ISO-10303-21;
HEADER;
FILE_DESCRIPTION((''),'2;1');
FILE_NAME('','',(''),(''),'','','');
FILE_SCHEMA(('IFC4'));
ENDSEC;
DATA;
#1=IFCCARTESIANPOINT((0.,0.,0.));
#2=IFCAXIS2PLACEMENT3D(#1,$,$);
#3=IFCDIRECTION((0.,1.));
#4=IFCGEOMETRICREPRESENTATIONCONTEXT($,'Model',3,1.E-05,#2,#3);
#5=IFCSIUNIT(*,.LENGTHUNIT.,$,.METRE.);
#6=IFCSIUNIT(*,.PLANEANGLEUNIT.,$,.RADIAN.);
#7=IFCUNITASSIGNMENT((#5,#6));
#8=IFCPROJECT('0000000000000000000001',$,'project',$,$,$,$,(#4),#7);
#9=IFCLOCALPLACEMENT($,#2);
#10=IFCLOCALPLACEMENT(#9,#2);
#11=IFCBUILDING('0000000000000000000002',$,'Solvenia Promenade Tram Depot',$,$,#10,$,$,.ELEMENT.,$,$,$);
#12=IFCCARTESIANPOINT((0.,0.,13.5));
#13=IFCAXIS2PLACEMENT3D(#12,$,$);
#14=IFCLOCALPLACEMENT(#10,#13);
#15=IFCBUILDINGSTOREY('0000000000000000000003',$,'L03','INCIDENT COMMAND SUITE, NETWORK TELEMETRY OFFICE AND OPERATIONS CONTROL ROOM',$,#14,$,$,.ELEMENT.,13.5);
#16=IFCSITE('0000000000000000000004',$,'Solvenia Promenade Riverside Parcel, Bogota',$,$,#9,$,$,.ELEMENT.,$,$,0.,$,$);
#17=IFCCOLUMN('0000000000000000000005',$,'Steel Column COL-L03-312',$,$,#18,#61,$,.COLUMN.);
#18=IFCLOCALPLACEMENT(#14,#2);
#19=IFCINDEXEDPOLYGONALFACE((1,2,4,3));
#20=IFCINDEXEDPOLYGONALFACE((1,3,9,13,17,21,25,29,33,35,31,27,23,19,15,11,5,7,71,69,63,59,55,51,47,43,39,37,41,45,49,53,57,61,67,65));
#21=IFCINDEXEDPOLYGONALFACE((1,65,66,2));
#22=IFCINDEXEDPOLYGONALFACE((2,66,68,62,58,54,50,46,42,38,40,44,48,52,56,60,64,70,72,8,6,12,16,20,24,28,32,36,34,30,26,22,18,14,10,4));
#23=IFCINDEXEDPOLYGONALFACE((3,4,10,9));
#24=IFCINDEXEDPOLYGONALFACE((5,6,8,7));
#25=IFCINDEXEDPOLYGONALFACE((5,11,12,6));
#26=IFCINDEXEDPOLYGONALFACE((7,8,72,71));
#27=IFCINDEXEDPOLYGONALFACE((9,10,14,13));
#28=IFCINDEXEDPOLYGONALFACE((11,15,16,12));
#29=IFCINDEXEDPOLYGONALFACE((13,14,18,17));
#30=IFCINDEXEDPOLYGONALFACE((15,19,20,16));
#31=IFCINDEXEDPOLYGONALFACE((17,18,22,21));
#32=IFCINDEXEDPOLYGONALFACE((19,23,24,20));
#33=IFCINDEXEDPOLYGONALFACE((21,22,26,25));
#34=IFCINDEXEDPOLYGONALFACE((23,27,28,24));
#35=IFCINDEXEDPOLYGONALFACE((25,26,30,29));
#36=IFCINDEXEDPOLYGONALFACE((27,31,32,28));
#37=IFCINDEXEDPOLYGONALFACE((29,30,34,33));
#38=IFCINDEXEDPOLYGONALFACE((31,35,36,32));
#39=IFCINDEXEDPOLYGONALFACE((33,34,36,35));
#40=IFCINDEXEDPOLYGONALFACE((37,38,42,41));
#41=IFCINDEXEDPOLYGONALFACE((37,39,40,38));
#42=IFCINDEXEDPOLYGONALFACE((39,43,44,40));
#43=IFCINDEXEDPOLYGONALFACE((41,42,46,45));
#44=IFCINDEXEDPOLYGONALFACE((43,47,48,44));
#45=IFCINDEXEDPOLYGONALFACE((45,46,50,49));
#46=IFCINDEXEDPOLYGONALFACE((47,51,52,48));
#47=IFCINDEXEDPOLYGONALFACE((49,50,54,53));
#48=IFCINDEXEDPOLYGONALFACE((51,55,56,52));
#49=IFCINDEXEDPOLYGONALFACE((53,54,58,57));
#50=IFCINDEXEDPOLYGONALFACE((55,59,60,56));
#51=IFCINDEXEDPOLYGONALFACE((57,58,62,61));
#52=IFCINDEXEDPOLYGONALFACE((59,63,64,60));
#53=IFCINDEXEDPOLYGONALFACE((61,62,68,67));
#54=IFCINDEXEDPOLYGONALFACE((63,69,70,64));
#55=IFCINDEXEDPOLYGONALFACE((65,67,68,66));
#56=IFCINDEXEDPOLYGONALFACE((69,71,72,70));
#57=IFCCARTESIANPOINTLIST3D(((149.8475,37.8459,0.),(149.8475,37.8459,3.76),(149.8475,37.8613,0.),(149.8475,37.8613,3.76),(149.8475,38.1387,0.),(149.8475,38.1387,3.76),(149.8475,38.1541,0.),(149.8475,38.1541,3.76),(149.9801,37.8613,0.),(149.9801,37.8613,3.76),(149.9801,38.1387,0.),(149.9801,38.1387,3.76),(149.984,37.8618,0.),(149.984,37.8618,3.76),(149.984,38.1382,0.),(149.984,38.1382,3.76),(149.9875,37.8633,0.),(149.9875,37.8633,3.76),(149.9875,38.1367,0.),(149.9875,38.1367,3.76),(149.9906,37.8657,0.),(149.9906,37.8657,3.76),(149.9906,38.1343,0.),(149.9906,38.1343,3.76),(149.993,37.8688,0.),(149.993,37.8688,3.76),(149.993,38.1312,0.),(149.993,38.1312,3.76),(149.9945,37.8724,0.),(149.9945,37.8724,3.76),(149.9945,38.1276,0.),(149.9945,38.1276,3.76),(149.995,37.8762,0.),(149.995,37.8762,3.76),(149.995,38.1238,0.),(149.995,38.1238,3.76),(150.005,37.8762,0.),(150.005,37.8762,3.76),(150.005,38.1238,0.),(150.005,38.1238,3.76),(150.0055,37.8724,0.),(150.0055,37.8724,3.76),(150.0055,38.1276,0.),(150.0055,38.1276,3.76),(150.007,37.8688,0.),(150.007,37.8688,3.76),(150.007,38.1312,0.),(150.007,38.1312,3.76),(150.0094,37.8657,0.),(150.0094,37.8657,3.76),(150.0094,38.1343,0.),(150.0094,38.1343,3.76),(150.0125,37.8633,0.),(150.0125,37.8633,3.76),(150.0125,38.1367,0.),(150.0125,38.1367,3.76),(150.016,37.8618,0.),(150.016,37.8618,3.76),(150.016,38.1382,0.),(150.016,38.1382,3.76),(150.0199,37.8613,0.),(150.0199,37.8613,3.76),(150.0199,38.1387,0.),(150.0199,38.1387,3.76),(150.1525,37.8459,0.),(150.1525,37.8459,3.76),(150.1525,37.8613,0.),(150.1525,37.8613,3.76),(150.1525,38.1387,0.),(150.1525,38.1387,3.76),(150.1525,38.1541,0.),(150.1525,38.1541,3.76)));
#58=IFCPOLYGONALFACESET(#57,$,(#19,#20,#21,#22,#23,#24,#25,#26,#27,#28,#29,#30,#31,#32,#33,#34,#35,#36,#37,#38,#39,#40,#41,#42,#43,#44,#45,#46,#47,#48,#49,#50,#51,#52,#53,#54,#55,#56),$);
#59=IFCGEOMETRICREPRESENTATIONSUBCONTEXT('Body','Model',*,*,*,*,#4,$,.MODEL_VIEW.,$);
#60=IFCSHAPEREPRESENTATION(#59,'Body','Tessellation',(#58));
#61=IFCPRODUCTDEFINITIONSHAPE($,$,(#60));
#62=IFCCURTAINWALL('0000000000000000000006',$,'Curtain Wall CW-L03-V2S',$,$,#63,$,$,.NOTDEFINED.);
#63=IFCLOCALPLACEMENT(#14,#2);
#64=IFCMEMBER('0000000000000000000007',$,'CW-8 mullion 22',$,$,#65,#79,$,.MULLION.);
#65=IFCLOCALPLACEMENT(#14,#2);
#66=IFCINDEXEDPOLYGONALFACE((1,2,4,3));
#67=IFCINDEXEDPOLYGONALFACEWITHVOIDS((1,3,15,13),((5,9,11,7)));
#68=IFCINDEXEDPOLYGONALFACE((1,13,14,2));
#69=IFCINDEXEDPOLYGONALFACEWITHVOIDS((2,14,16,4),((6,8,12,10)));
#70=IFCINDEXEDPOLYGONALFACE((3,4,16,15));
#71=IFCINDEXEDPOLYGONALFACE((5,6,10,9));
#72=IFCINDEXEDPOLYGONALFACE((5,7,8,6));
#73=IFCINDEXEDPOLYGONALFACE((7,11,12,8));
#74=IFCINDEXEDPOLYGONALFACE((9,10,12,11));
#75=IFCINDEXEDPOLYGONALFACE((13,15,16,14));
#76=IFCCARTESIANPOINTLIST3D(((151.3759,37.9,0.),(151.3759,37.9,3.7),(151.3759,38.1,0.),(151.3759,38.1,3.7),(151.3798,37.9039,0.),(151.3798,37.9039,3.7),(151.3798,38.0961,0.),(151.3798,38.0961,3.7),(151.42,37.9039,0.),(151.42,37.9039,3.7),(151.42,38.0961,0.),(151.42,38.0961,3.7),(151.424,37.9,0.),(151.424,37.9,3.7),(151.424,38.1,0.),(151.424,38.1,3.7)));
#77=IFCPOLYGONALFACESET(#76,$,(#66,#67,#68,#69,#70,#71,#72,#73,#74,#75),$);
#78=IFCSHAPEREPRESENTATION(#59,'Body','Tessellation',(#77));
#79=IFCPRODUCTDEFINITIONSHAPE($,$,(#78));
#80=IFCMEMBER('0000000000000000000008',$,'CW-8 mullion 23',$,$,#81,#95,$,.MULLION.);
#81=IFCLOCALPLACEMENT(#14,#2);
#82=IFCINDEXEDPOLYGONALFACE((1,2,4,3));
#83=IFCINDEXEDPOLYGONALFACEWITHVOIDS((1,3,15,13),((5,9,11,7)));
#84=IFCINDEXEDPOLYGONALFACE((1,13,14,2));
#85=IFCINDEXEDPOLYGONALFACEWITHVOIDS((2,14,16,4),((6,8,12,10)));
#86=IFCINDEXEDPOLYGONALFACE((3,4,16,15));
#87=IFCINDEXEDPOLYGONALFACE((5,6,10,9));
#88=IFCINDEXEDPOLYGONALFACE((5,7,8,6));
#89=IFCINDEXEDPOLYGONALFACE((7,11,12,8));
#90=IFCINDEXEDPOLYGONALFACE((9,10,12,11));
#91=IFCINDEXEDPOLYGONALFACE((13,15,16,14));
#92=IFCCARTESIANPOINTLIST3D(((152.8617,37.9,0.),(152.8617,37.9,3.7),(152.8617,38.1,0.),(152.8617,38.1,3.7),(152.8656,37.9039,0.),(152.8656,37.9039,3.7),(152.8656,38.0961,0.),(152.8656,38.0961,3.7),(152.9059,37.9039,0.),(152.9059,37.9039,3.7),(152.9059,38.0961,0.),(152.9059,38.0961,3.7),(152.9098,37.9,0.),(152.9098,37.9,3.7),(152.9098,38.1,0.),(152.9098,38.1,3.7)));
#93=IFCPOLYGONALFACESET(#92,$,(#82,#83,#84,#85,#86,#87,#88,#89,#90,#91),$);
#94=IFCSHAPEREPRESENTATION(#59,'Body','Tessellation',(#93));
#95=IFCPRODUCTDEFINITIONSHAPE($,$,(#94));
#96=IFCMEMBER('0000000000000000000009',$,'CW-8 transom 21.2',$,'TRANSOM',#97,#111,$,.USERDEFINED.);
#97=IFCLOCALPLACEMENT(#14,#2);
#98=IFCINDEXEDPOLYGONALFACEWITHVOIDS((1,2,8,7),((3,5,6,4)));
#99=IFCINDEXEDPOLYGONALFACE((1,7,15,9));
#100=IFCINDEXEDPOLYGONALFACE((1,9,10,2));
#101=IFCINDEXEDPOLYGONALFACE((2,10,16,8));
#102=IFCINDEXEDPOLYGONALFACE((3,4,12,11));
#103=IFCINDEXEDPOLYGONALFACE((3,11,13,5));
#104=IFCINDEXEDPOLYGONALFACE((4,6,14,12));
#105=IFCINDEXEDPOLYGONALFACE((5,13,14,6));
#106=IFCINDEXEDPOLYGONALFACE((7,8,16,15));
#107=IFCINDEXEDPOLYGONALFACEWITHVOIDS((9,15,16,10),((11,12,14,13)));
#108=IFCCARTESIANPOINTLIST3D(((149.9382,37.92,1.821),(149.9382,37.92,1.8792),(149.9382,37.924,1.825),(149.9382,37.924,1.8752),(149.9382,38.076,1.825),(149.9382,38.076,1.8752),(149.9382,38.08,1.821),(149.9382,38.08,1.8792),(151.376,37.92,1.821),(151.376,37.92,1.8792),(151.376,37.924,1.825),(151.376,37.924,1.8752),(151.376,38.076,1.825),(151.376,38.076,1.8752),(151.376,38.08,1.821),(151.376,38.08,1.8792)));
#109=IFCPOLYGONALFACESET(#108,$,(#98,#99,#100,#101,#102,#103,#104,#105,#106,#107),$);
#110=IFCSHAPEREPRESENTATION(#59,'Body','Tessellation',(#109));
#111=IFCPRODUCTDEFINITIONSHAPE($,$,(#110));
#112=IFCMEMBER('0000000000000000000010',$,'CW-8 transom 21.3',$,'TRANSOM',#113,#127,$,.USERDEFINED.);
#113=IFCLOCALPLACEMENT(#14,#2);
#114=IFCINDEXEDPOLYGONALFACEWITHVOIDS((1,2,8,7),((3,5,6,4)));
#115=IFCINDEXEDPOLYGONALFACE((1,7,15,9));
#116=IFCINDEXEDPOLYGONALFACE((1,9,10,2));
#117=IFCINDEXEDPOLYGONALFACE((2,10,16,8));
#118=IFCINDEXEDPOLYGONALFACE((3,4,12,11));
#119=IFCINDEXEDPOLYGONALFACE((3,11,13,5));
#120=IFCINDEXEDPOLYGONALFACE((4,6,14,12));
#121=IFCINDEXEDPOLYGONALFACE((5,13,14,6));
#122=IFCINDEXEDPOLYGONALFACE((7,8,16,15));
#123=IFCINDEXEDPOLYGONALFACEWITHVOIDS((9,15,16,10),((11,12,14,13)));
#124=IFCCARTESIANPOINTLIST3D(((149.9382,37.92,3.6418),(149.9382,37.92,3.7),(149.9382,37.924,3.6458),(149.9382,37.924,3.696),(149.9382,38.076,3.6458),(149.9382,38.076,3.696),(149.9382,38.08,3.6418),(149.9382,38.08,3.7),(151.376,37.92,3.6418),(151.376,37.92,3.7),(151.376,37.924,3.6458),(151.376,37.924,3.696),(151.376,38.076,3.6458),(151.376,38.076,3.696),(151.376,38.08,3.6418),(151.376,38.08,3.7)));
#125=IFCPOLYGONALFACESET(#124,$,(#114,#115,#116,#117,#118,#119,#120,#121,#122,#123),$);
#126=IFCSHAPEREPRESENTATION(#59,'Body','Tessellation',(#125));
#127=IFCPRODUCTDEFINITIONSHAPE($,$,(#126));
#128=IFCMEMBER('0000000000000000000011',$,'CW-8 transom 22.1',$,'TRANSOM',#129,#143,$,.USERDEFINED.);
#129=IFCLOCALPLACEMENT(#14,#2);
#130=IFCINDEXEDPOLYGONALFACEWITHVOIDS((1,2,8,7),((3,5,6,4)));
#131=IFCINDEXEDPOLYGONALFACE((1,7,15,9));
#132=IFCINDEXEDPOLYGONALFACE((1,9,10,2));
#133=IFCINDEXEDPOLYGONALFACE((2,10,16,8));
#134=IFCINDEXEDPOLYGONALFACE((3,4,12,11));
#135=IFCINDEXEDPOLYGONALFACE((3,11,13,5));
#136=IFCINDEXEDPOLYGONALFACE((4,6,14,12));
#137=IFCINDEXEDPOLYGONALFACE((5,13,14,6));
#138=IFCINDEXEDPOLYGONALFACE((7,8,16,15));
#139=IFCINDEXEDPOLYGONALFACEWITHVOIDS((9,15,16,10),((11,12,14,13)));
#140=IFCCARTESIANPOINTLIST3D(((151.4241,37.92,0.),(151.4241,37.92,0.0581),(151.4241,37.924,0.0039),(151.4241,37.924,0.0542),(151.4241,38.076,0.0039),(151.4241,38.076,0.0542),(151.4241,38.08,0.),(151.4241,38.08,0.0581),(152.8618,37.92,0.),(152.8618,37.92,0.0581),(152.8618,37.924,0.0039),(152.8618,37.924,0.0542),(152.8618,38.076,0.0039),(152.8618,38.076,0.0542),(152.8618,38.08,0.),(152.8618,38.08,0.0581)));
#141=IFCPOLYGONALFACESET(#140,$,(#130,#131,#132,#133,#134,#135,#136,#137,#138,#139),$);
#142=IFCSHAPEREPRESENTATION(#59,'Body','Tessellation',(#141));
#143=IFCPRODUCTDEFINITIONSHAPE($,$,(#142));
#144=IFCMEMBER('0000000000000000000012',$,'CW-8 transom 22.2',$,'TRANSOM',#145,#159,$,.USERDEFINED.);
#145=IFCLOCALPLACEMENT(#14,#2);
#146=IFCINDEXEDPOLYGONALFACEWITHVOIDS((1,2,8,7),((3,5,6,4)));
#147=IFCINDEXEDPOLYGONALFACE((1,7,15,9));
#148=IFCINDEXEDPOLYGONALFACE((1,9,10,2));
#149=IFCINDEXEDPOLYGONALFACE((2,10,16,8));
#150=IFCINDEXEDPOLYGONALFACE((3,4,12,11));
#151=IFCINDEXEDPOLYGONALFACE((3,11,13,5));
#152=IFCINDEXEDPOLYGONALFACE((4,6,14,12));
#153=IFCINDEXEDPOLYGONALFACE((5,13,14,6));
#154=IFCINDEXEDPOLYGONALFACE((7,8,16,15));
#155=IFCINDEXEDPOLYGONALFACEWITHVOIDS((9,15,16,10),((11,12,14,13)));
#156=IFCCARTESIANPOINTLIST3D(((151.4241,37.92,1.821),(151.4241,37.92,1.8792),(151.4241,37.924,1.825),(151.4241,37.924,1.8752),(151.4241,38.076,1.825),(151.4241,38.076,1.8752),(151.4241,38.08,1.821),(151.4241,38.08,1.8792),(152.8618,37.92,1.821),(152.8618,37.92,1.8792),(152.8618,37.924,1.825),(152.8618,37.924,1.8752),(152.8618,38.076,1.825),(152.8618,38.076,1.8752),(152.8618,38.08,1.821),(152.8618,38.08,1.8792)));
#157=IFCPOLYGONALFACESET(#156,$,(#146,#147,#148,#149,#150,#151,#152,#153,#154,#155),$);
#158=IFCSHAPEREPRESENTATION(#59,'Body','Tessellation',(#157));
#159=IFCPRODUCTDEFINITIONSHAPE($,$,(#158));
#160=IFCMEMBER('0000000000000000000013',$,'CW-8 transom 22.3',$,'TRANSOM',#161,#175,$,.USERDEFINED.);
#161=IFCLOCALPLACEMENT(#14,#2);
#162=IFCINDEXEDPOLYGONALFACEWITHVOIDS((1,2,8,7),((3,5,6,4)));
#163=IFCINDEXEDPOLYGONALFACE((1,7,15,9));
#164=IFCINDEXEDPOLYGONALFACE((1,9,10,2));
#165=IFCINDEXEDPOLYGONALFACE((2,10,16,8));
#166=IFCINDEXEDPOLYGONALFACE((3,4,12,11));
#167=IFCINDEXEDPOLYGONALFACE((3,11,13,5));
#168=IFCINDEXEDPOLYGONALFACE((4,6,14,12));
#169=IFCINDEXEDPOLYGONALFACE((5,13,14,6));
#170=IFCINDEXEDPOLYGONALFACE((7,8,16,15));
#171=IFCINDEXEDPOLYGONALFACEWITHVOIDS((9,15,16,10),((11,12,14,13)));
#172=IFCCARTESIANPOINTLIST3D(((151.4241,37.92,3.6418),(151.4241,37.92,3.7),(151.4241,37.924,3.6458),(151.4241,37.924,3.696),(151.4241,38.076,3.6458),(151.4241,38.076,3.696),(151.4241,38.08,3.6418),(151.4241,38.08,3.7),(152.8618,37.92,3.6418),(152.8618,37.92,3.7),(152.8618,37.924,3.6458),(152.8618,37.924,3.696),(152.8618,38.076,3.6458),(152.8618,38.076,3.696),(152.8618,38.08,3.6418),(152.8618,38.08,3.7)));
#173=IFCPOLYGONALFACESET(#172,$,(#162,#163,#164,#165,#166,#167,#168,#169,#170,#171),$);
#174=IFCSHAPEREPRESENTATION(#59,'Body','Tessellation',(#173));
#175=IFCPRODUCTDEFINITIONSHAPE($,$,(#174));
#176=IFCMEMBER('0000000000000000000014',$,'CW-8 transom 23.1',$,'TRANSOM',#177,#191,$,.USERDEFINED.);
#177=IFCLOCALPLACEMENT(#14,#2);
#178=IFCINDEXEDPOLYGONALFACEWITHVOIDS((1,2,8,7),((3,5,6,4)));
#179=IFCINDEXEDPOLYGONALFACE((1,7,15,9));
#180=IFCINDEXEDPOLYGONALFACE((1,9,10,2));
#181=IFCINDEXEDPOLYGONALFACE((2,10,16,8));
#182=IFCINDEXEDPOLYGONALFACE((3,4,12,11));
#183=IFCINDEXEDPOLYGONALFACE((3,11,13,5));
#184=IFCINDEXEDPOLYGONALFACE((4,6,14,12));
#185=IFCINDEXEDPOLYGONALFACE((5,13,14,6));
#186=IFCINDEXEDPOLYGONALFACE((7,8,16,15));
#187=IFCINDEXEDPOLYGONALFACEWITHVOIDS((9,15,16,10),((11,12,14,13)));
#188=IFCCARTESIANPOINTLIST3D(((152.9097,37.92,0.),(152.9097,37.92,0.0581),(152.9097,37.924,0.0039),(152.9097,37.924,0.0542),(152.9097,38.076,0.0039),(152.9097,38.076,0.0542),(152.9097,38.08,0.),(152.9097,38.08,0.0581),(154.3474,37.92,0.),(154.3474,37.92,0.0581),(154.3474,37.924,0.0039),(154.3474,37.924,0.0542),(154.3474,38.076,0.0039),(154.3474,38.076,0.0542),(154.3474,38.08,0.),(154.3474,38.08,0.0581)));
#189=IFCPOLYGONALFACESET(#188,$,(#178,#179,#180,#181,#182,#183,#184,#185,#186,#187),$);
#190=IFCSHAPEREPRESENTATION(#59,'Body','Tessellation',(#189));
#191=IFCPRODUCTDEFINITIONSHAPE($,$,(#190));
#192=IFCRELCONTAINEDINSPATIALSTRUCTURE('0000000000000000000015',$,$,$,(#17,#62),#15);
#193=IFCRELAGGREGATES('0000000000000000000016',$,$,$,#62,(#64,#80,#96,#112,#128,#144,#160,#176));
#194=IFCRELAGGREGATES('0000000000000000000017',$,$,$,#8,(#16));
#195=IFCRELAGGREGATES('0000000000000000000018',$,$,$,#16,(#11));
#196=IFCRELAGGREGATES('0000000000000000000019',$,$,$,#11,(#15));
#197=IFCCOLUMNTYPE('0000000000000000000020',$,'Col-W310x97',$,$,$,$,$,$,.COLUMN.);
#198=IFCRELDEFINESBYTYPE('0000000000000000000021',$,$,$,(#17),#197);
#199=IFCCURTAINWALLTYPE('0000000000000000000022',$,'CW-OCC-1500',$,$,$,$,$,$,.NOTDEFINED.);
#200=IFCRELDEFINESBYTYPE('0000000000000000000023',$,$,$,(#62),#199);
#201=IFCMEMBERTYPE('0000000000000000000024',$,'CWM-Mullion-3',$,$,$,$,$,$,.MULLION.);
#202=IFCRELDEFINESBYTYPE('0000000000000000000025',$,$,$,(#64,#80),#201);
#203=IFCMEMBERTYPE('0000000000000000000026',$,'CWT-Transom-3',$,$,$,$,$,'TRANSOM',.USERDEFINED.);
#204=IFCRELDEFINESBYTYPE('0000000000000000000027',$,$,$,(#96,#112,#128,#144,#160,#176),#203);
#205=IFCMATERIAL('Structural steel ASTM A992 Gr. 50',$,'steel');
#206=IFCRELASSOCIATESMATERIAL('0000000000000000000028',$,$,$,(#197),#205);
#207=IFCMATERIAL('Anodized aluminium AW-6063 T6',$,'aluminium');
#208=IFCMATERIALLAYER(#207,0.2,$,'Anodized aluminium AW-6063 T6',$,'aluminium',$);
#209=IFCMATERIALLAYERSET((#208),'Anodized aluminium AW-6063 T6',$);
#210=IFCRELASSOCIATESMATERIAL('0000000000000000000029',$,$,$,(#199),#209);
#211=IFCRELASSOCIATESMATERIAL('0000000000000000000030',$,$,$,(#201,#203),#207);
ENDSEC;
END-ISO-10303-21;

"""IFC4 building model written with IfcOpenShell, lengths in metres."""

from ifc_helpers import new_model, si_unit, direction, frame, origin, origin_2d, place, context, subcontext, project, spatial, hollow_rectangle, i_section, extrude, material, layer, layer_set, material_profile, profile_set, type_object, element, aggregate, save


model = new_model("IFC4")

# Units and contexts
model_context = context("Model", 3, precision=1e-05, world=origin(), true_north=direction((0.0, 1.0)))
body_context = subcontext(model_context, "Body", "Model", "MODEL_VIEW")
ifc_project = project(units=[si_unit("LENGTHUNIT", "METRE"), si_unit("PLANEANGLEUNIT", "RADIAN")], contexts=[model_context])

# Site, building, storey
site_placement = place(None, origin())
site = spatial("IfcSite", under=ifc_project, at=site_placement, Name="Solvenia Promenade Riverside Parcel, Bogota", CompositionType="ELEMENT", RefElevation=0.0)
building_placement = place(site_placement, origin())
building = spatial("IfcBuilding", under=site, at=building_placement, Name="Solvenia Promenade Tram Depot", CompositionType="ELEMENT")
storey_placement = place(building_placement, frame((0.0, 0.0, 13.5)))
storey = spatial("IfcBuildingStorey", under=building, at=storey_placement, Name="L03", Description="INCIDENT COMMAND SUITE, NETWORK TELEMETRY OFFICE AND OPERATIONS CONTROL ROOM", CompositionType="ELEMENT", Elevation=13.5)

# Column
ifc_material_1 = material(Name="Structural steel ASTM A992 Gr. 50", Category="steel")
ifc_material_profile_1 = material_profile(ifc_material_1, i_section(OverallWidth=0.3049, OverallDepth=0.3081, WebThickness=0.01, FlangeThickness=0.0154, FilletRadius=0.0149, at=origin_2d()), Name="W310x97", Category="steel")
ifc_profile_set_1 = profile_set([ifc_material_profile_1], Name="Structural steel ASTM A992 Gr. 50")
column_type = type_object("IfcColumnType", Name="Col-W310x97", PredefinedType="COLUMN", material=ifc_profile_set_1)
column_placement = place(storey_placement, frame((150.0, 38.0, 0.0), z_axis=(0.0, 0.0, 1.0), x_axis=(1.0, 0.0, 0.0)))
element("IfcColumn", 1, at=column_placement, inside=storey, type_object=column_type, Name="Steel Column COL-L03-312", PredefinedType="COLUMN", context=body_context, shape_type="SweptSolid", body=[
    extrude(i_section(OverallWidth=0.3049, OverallDepth=0.3081, WebThickness=0.01, FlangeThickness=0.0154, FilletRadius=0.0149, at=origin_2d()), origin(), (0.0, 0.0, 1.0), 3.76),
])

# Curtain wall, members
ifc_material_2 = material(Name="Anodized aluminium AW-6063 T6", Category="aluminium")
ifc_layer_1 = layer(ifc_material_2, 0.2, Name="Anodized aluminium AW-6063 T6", Category="aluminium")
ifc_layer_set_1 = layer_set([ifc_layer_1], Name="Anodized aluminium AW-6063 T6")
curtain_wall_type = type_object("IfcCurtainWallType", Name="CW-OCC-1500", PredefinedType="NOTDEFINED", material=ifc_layer_set_1)
curtain_wall_placement = place(storey_placement, origin())
curtain_wall = element("IfcCurtainWall", 2, at=curtain_wall_placement, inside=storey, type_object=curtain_wall_type, Name="Curtain Wall CW-L03-V2S", PredefinedType="NOTDEFINED")
ifc_material_profile_2 = material_profile(ifc_material_2, hollow_rectangle(XDim=0.2, YDim=0.0481, WallThickness=0.0039, at=origin_2d()), Name="ALU-M3", Category="aluminium")
ifc_profile_set_2 = profile_set([ifc_material_profile_2], Name="Anodized aluminium AW-6063 T6")
member_type_1 = type_object("IfcMemberType", Name="CWM-Mullion-3", PredefinedType="MULLION", material=ifc_profile_set_2)
member_1_placement = place(storey_placement, frame((151.3999, 38.0, 0.0), z_axis=(0.0, 0.0, 1.0), x_axis=(0.0, 1.0, 0.0)))
member_1 = element("IfcMember", 3, at=member_1_placement, type_object=member_type_1, Name="CW-8 mullion 22", PredefinedType="MULLION", context=body_context, shape_type="SweptSolid", body=[
    extrude(hollow_rectangle(XDim=0.2, YDim=0.0481, WallThickness=0.0039, at=origin_2d()), origin(), (0.0, 0.0, 1.0), 3.7),
])
member_2_placement = place(storey_placement, frame((152.8857, 38.0, 0.0), z_axis=(0.0, 0.0, 1.0), x_axis=(0.0, 1.0, 0.0)))
member_2 = element("IfcMember", 4, at=member_2_placement, type_object=member_type_1, Name="CW-8 mullion 23", PredefinedType="MULLION", context=body_context, shape_type="SweptSolid", body=[
    extrude(hollow_rectangle(XDim=0.2, YDim=0.0481, WallThickness=0.0039, at=origin_2d()), origin(), (0.0, 0.0, 1.0), 3.7),
])
ifc_material_profile_3 = material_profile(ifc_material_2, hollow_rectangle(XDim=0.1599, YDim=0.0581, WallThickness=0.0039, at=origin_2d()), Name="ALU-T3", Category="aluminium")
ifc_profile_set_3 = profile_set([ifc_material_profile_3], Name="Anodized aluminium AW-6063 T6")
member_type_2 = type_object("IfcMemberType", Name="CWT-Transom-3", ElementType="TRANSOM", PredefinedType="USERDEFINED", material=ifc_profile_set_3)
member_3_placement = place(storey_placement, frame((149.9382, 38.0, 1.8501), z_axis=(1.0, 0.0, 0.0), x_axis=(0.0, 1.0, 0.0)))
member_3 = element("IfcMember", 5, at=member_3_placement, type_object=member_type_2, Name="CW-8 transom 21.2", ObjectType="TRANSOM", PredefinedType="USERDEFINED", context=body_context, shape_type="SweptSolid", body=[
    extrude(hollow_rectangle(XDim=0.1599, YDim=0.0581, WallThickness=0.0039, at=origin_2d()), origin(), (0.0, 0.0, 1.0), 1.4377),
])
member_4_placement = place(storey_placement, frame((149.9382, 38.0, 3.6709), z_axis=(1.0, 0.0, 0.0), x_axis=(0.0, 1.0, 0.0)))
member_4 = element("IfcMember", 6, at=member_4_placement, type_object=member_type_2, Name="CW-8 transom 21.3", ObjectType="TRANSOM", PredefinedType="USERDEFINED", context=body_context, shape_type="SweptSolid", body=[
    extrude(hollow_rectangle(XDim=0.1599, YDim=0.0581, WallThickness=0.0039, at=origin_2d()), origin(), (0.0, 0.0, 1.0), 1.4377),
])
member_5_placement = place(storey_placement, frame((151.4241, 38.0, 0.0291), z_axis=(1.0, 0.0, 0.0), x_axis=(0.0, 1.0, 0.0)))
member_5 = element("IfcMember", 7, at=member_5_placement, type_object=member_type_2, Name="CW-8 transom 22.1", ObjectType="TRANSOM", PredefinedType="USERDEFINED", context=body_context, shape_type="SweptSolid", body=[
    extrude(hollow_rectangle(XDim=0.1599, YDim=0.0581, WallThickness=0.0039, at=origin_2d()), origin(), (0.0, 0.0, 1.0), 1.4377),
])
member_6_placement = place(storey_placement, frame((151.4241, 38.0, 1.8501), z_axis=(1.0, 0.0, 0.0), x_axis=(0.0, 1.0, 0.0)))
member_6 = element("IfcMember", 8, at=member_6_placement, type_object=member_type_2, Name="CW-8 transom 22.2", ObjectType="TRANSOM", PredefinedType="USERDEFINED", context=body_context, shape_type="SweptSolid", body=[
    extrude(hollow_rectangle(XDim=0.1599, YDim=0.0581, WallThickness=0.0039, at=origin_2d()), origin(), (0.0, 0.0, 1.0), 1.4377),
])
member_7_placement = place(storey_placement, frame((151.4241, 38.0, 3.6709), z_axis=(1.0, 0.0, 0.0), x_axis=(0.0, 1.0, 0.0)))
member_7 = element("IfcMember", 9, at=member_7_placement, type_object=member_type_2, Name="CW-8 transom 22.3", ObjectType="TRANSOM", PredefinedType="USERDEFINED", context=body_context, shape_type="SweptSolid", body=[
    extrude(hollow_rectangle(XDim=0.1599, YDim=0.0581, WallThickness=0.0039, at=origin_2d()), origin(), (0.0, 0.0, 1.0), 1.4377),
])
member_8_placement = place(storey_placement, frame((152.9097, 38.0, 0.0291), z_axis=(1.0, 0.0, 0.0), x_axis=(0.0, 1.0, 0.0)))
member_8 = element("IfcMember", 10, at=member_8_placement, type_object=member_type_2, Name="CW-8 transom 23.1", ObjectType="TRANSOM", PredefinedType="USERDEFINED", context=body_context, shape_type="SweptSolid", body=[
    extrude(hollow_rectangle(XDim=0.1599, YDim=0.0581, WallThickness=0.0039, at=origin_2d()), origin(), (0.0, 0.0, 1.0), 1.4377),
])

aggregate(curtain_wall, [member_1, member_2, member_3, member_4, member_5, member_6, member_7, member_8])

save(model, "model.ifc")
